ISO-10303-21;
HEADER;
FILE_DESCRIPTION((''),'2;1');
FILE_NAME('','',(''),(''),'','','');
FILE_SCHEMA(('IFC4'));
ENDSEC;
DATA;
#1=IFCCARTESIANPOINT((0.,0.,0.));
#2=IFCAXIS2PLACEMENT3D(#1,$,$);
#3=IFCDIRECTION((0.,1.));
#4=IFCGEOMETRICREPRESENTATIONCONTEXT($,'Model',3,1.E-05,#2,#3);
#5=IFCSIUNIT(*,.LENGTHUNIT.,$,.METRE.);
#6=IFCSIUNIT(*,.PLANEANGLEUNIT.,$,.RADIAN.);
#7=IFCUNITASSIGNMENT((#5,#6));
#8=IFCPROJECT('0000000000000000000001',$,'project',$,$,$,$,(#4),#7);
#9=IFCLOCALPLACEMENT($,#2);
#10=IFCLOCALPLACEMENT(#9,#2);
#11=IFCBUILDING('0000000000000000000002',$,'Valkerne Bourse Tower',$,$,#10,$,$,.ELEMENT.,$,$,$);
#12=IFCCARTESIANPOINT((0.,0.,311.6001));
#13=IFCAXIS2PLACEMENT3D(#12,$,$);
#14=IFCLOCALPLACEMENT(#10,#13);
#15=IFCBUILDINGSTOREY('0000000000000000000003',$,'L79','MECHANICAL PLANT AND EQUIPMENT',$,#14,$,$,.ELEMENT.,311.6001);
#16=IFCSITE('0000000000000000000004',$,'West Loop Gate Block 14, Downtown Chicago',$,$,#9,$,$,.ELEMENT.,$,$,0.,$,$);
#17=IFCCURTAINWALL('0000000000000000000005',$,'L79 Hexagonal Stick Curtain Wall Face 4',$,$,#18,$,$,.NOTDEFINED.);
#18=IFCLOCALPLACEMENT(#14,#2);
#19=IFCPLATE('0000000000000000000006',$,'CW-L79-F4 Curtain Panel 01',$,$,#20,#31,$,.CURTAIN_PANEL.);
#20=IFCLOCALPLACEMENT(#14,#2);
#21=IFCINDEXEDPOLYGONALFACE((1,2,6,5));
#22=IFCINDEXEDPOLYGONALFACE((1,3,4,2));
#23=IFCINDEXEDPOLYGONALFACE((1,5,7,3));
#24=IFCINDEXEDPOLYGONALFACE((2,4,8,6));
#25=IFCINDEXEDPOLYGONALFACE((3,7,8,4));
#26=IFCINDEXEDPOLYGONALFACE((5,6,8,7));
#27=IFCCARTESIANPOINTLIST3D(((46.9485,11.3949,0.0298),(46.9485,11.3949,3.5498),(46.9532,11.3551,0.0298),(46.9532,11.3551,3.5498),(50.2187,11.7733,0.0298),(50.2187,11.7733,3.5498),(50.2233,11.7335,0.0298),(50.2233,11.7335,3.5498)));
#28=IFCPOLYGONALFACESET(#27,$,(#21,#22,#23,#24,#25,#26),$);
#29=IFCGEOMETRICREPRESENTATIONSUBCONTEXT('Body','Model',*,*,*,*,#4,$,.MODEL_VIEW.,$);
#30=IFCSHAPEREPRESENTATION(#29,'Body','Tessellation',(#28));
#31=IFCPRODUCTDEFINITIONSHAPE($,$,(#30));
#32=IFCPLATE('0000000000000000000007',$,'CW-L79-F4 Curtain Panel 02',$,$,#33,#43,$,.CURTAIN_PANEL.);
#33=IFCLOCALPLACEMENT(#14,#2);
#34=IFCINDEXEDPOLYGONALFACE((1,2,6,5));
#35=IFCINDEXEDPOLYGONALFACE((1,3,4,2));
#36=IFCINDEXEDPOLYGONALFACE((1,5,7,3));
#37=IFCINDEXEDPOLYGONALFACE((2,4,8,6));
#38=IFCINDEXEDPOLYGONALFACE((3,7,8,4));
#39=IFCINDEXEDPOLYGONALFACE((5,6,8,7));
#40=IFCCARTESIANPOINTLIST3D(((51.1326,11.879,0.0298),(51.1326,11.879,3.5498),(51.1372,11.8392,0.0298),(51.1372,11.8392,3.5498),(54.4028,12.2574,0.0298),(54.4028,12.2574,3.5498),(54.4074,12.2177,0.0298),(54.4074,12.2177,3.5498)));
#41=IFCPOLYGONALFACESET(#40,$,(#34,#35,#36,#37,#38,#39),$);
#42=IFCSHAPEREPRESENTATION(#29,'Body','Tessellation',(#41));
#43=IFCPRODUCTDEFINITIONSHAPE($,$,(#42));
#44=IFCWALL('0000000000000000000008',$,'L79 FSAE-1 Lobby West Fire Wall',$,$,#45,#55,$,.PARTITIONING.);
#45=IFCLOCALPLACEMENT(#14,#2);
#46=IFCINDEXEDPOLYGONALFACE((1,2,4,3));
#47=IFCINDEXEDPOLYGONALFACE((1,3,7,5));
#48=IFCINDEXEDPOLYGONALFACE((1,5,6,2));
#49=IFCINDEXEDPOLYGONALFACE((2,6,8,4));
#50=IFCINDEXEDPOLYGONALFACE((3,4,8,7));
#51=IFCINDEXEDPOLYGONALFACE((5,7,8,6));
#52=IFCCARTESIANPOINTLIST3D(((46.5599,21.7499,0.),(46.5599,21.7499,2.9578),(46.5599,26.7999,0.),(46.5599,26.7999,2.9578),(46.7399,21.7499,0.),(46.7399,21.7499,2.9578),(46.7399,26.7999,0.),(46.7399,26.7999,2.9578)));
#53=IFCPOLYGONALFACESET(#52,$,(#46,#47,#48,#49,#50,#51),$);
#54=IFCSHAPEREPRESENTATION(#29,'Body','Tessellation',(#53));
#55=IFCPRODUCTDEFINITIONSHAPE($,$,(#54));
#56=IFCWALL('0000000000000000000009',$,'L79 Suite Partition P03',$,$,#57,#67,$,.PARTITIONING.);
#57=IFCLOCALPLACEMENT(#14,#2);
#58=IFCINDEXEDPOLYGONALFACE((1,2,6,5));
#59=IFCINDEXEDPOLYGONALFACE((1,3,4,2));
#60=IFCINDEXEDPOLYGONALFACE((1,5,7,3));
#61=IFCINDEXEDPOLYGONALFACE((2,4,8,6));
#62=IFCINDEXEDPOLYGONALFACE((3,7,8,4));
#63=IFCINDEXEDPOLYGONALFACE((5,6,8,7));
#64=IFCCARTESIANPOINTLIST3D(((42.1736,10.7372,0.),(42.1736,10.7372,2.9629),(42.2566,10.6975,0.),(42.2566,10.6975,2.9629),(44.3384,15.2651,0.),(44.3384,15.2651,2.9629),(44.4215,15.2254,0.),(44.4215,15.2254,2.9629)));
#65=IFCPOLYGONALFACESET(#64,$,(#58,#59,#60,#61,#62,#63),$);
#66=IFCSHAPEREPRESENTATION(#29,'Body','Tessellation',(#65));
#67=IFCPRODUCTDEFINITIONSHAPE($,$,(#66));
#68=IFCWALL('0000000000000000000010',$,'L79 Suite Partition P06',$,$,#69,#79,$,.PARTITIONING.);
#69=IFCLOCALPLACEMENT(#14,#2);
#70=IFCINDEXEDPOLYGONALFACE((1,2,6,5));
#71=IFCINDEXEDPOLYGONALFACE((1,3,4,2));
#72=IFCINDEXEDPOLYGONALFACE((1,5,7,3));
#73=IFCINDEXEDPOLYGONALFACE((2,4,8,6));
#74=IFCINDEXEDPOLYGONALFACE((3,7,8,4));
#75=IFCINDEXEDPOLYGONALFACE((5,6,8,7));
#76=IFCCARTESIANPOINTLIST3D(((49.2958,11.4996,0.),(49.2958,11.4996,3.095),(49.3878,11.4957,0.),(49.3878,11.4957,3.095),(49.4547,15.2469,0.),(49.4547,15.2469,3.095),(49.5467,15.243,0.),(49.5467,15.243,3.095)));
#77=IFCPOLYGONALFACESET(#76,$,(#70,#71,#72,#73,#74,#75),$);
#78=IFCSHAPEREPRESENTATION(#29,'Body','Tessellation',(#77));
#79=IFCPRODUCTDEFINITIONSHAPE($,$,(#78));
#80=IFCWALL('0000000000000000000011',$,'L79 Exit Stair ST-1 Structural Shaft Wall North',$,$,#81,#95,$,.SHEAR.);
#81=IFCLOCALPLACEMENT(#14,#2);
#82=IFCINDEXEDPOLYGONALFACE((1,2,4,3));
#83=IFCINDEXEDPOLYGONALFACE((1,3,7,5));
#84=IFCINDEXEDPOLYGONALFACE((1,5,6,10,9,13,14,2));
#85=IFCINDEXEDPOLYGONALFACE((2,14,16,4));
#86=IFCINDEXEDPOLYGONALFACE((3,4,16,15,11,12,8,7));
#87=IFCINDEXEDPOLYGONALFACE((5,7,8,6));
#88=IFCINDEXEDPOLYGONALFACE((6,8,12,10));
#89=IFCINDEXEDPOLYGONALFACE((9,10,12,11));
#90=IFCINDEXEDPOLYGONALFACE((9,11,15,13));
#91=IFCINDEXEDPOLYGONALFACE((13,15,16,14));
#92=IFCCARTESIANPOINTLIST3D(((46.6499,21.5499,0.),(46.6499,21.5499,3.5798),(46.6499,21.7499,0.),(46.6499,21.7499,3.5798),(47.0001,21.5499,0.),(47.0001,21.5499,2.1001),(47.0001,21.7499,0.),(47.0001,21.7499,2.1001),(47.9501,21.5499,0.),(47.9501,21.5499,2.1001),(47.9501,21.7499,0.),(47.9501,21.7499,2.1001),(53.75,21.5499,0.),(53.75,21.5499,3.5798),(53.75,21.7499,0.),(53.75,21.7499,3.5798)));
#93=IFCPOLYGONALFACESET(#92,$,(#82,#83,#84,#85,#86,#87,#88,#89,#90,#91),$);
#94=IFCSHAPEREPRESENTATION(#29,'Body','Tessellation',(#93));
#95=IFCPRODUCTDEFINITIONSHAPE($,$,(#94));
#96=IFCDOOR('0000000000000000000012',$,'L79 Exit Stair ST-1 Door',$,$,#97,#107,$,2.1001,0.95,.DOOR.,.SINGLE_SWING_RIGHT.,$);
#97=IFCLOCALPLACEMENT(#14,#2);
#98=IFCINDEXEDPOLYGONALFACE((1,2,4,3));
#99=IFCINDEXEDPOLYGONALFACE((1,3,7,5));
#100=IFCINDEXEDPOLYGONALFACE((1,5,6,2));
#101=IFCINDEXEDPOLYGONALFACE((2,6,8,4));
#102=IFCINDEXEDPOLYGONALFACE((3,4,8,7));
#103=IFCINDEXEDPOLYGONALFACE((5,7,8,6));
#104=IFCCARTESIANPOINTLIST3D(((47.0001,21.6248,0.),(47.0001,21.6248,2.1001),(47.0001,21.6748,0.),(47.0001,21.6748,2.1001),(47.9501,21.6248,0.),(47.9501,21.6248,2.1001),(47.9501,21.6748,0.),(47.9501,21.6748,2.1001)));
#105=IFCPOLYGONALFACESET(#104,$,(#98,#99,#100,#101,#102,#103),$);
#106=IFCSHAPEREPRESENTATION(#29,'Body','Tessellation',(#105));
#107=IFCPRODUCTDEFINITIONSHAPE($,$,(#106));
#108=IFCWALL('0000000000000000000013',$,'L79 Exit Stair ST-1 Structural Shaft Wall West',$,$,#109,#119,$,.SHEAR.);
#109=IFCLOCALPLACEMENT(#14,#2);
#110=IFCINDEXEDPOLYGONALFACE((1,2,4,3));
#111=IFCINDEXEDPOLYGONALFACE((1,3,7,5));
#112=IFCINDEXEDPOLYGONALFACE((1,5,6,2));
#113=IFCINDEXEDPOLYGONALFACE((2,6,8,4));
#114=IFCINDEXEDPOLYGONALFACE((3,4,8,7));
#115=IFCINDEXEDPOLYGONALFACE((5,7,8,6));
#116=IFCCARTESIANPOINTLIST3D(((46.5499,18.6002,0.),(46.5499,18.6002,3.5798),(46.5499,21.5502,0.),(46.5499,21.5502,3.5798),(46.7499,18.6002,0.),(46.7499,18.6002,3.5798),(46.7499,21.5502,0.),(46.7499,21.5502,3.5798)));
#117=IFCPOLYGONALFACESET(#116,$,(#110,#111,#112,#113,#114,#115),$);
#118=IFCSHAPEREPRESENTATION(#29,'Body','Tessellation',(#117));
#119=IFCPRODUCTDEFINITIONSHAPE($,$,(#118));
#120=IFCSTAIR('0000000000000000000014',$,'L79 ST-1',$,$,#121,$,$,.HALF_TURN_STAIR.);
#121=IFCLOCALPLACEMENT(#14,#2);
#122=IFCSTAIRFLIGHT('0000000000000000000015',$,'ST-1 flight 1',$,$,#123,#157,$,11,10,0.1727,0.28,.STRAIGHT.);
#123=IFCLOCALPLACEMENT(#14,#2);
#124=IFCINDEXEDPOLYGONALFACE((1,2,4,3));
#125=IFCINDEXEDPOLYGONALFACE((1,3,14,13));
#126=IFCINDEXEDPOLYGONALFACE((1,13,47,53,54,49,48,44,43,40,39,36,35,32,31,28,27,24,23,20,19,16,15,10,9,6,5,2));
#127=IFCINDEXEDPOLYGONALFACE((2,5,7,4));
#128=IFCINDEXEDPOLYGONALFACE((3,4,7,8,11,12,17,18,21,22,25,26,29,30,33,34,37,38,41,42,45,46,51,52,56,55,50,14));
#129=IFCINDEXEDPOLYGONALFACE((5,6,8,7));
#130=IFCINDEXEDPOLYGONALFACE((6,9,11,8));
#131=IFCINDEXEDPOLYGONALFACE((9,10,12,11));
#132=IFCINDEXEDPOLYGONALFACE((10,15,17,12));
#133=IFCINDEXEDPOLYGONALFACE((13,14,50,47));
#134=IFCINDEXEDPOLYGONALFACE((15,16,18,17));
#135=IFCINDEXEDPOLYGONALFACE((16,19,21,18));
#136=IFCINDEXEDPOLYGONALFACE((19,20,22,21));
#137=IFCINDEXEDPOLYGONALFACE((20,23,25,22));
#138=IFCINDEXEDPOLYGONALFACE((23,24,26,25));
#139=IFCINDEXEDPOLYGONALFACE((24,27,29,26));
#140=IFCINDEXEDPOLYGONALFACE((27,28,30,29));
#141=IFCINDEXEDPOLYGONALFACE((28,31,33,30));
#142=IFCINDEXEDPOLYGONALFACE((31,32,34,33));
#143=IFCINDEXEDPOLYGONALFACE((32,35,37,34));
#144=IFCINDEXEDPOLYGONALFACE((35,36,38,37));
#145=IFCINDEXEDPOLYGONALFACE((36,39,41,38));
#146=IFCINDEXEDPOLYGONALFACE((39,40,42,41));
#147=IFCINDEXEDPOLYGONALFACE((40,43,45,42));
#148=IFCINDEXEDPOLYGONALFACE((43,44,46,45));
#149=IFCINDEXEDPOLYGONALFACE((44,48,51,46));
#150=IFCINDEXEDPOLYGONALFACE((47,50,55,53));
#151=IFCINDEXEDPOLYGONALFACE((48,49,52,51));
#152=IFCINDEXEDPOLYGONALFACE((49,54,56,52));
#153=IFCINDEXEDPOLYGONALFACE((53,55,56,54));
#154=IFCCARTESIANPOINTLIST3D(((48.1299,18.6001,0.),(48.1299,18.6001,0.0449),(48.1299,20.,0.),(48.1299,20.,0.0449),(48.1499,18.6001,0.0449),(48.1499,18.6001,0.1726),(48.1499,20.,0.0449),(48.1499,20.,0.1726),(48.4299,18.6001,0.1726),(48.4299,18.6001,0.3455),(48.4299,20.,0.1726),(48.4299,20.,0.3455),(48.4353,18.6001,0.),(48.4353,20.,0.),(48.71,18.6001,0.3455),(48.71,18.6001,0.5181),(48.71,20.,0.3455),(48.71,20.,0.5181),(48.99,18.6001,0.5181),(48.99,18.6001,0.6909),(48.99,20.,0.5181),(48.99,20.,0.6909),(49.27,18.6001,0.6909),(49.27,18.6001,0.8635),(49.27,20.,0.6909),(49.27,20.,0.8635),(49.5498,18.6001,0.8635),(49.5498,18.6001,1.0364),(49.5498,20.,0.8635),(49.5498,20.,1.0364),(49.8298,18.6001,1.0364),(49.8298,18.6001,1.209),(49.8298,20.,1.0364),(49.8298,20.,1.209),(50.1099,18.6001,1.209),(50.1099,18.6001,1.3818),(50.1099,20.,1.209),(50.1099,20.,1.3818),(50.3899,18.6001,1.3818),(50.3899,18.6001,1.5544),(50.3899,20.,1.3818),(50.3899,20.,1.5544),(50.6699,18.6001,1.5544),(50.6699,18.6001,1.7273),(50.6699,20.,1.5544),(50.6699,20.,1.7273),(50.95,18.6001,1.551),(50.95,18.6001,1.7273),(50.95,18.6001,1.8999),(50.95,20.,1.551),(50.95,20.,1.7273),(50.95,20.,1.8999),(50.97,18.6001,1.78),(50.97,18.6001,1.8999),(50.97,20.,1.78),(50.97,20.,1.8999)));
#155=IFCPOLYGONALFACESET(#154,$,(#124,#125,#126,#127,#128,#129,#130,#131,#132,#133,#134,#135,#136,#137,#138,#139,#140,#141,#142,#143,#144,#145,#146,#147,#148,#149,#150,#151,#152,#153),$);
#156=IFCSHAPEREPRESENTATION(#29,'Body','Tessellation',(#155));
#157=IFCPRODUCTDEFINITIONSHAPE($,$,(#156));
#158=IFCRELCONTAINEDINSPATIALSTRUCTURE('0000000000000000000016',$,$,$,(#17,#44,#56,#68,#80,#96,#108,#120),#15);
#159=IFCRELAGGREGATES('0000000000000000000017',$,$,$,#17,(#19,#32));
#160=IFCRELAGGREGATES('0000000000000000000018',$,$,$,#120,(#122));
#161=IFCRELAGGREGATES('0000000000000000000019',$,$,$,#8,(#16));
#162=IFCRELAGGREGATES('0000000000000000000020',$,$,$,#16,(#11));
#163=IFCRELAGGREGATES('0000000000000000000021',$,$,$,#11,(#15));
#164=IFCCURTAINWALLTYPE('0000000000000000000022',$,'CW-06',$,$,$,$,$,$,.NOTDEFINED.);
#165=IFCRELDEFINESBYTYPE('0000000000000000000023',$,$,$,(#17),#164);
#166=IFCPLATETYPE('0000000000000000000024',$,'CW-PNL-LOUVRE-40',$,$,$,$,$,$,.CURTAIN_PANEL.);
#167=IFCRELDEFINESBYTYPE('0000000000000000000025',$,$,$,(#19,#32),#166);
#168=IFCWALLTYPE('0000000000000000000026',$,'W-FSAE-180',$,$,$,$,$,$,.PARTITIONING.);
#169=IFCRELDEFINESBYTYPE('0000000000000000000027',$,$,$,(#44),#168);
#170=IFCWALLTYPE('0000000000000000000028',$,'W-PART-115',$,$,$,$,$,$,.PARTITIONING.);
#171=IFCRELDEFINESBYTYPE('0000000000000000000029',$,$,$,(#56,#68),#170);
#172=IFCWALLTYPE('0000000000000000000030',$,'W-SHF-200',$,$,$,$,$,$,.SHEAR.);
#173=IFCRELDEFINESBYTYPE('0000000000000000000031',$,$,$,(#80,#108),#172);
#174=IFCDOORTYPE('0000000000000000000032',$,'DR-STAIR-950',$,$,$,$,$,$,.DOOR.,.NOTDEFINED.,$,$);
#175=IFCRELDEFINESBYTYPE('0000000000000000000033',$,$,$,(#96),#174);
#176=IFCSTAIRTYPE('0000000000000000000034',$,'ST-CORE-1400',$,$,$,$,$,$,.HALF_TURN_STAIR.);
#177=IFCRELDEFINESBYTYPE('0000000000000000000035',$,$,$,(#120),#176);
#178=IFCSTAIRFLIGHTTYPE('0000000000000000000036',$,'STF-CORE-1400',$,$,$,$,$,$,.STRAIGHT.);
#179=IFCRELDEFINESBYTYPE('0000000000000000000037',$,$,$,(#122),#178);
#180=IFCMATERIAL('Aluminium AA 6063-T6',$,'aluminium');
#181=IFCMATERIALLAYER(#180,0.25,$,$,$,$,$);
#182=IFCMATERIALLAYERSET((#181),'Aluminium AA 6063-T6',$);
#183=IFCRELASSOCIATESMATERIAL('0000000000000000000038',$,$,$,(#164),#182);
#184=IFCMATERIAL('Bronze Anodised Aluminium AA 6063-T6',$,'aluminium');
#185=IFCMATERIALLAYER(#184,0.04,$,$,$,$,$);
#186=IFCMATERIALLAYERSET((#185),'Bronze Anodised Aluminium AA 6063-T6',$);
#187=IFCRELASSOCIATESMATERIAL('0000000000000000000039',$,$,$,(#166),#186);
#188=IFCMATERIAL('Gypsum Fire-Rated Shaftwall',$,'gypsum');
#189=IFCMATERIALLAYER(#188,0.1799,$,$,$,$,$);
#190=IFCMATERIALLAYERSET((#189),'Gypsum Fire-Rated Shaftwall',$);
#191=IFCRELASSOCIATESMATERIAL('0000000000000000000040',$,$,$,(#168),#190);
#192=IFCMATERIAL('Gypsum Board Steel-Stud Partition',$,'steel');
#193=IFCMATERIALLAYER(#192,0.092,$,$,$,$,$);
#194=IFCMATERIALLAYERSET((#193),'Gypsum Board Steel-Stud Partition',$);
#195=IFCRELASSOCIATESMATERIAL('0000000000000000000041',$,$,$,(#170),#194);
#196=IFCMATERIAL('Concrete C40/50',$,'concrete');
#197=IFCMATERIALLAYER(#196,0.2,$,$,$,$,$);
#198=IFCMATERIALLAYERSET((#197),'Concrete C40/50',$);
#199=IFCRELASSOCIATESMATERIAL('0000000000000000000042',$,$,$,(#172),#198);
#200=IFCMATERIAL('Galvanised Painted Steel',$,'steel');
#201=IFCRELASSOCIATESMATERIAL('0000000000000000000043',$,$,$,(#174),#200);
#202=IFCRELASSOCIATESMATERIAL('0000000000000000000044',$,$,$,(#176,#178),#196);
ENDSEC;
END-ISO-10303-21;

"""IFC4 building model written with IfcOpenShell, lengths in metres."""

from ifc_helpers import new_model, si_unit, direction, frame, frame_2d, origin, origin_2d, place, context, subcontext, project, spatial, polyline, rectangle, outline, extrude, material, layer, layer_set, type_object, element, fill, aggregate, save


model = new_model("IFC4")

# Units and contexts
model_context = context("Model", 3, precision=1e-05, world=origin(), true_north=direction((0.0, 1.0)))
body_context = subcontext(model_context, "Body", "Model", "MODEL_VIEW")
ifc_project = project(units=[si_unit("LENGTHUNIT", "METRE"), si_unit("PLANEANGLEUNIT", "RADIAN")], contexts=[model_context])

# Site, building, storey
site_placement = place(None, origin())
site = spatial("IfcSite", under=ifc_project, at=site_placement, Name="West Loop Gate Block 14, Downtown Chicago", CompositionType="ELEMENT", RefElevation=0.0)
building_placement = place(site_placement, origin())
building = spatial("IfcBuilding", under=site, at=building_placement, Name="Valkerne Bourse Tower", CompositionType="ELEMENT")
storey_placement = place(building_placement, frame((0.0, 0.0, 311.6001)))
storey = spatial("IfcBuildingStorey", under=building, at=storey_placement, Name="L79", Description="MECHANICAL PLANT AND EQUIPMENT", CompositionType="ELEMENT", Elevation=311.6001)

# Curtain wall, plates
ifc_material_1 = material(Name="Aluminium AA 6063-T6", Category="aluminium")
ifc_layer_1 = layer(ifc_material_1, 0.25)
ifc_layer_set_1 = layer_set([ifc_layer_1], Name="Aluminium AA 6063-T6")
curtain_wall_type = type_object("IfcCurtainWallType", Name="CW-06", PredefinedType="NOTDEFINED", material=ifc_layer_set_1)
curtain_wall_placement = place(storey_placement, origin())
curtain_wall = element("IfcCurtainWall", 1, at=curtain_wall_placement, inside=storey, type_object=curtain_wall_type, Name="L79 Hexagonal Stick Curtain Wall Face 4", PredefinedType="NOTDEFINED")
ifc_material_2 = material(Name="Bronze Anodised Aluminium AA 6063-T6", Category="aluminium")
ifc_layer_2 = layer(ifc_material_2, 0.04)
ifc_layer_set_2 = layer_set([ifc_layer_2], Name="Bronze Anodised Aluminium AA 6063-T6")
plate_type = type_object("IfcPlateType", Name="CW-PNL-LOUVRE-40", PredefinedType="CURTAIN_PANEL", material=ifc_layer_set_2)
plate_1_placement = place(storey_placement, frame((48.5859, 11.5642, 0.0298), z_axis=(0.0, 0.0, 1.0), x_axis=(0.993373, 0.114936, 0.0)))
plate_1 = element("IfcPlate", 2, at=plate_1_placement, type_object=plate_type, Name="CW-L79-F4 Curtain Panel 01", PredefinedType="CURTAIN_PANEL", context=body_context, shape_type="SweptSolid", body=[
    extrude(rectangle(XDim=3.292, YDim=0.04, at=origin_2d()), origin(), (0.0, 0.0, 1.0), 3.52),
])
plate_2_placement = place(storey_placement, frame((52.77, 12.0483, 0.0298), z_axis=(0.0, 0.0, 1.0), x_axis=(0.993371, 0.114957, 0.0)))
plate_2 = element("IfcPlate", 3, at=plate_2_placement, type_object=plate_type, Name="CW-L79-F4 Curtain Panel 02", PredefinedType="CURTAIN_PANEL", context=body_context, shape_type="SweptSolid", body=[
    extrude(rectangle(XDim=3.292, YDim=0.04, at=origin_2d()), origin(), (0.0, 0.0, 1.0), 3.52),
])
aggregate(curtain_wall, [plate_1, plate_2])

# Wall
ifc_material_3 = material(Name="Gypsum Fire-Rated Shaftwall", Category="gypsum")
ifc_layer_3 = layer(ifc_material_3, 0.1799)
ifc_layer_set_3 = layer_set([ifc_layer_3], Name="Gypsum Fire-Rated Shaftwall")
wall_type_1 = type_object("IfcWallType", Name="W-FSAE-180", PredefinedType="PARTITIONING", material=ifc_layer_set_3)
wall_1_placement = place(storey_placement, frame((46.6499, 21.75, 0.0), z_axis=(0.0, 0.0, 1.0), x_axis=(0.0, 1.0, 0.0)))
element("IfcWall", 4, at=wall_1_placement, inside=storey, type_object=wall_type_1, Name="L79 FSAE-1 Lobby West Fire Wall", PredefinedType="PARTITIONING", context=body_context, shape_type="SweptSolid", body=[
    extrude(rectangle(XDim=5.05, YDim=0.1799, at=frame_2d((2.5249, 0.0))), origin(), (0.0, 0.0, 1.0), 2.9578),
])

# Shared definitions
ifc_material_4 = material(Name="Galvanised Painted Steel", Category="steel")

# Walls
ifc_material_5 = material(Name="Gypsum Board Steel-Stud Partition", Category="steel")
ifc_layer_4 = layer(ifc_material_5, 0.092)
ifc_layer_set_4 = layer_set([ifc_layer_4], Name="Gypsum Board Steel-Stud Partition")
wall_type_2 = type_object("IfcWallType", Name="W-PART-115", PredefinedType="PARTITIONING", material=ifc_layer_set_4)
wall_2_placement = place(storey_placement, frame((44.3799, 15.2451, 0.0), z_axis=(0.0, 0.0, 1.0), x_axis=(-0.431344, -0.902188, 0.0)))
element("IfcWall", 5, at=wall_2_placement, inside=storey, type_object=wall_type_2, Name="L79 Suite Partition P03", PredefinedType="PARTITIONING", context=body_context, shape_type="SweptSolid", body=[
    extrude(rectangle(XDim=5.0188, YDim=0.092, at=frame_2d((2.5093, 0.0))), origin(), (0.0, 0.0, 1.0), 2.9629),
])
wall_3_placement = place(storey_placement, frame((49.5007, 15.2451, 0.0), z_axis=(0.0, 0.0, 1.0), x_axis=(-0.042375, -0.999102, 0.0)))
element("IfcWall", 6, at=wall_3_placement, inside=storey, type_object=wall_type_2, Name="L79 Suite Partition P06", PredefinedType="PARTITIONING", context=body_context, shape_type="SweptSolid", body=[
    extrude(rectangle(XDim=3.7507, YDim=0.092, at=frame_2d((1.8755, 0.0))), origin(), (0.0, 0.0, 1.0), 3.095),
])

# Wall, opening, door
ifc_material_6 = material(Name="Concrete C40/50", Category="concrete")
ifc_layer_5 = layer(ifc_material_6, 0.2)
ifc_layer_set_5 = layer_set([ifc_layer_5], Name="Concrete C40/50")
wall_type_3 = type_object("IfcWallType", Name="W-SHF-200", PredefinedType="SHEAR", material=ifc_layer_set_5)
wall_4_placement = place(storey_placement, frame((46.6499, 21.6499, 0.0), z_axis=(0.0, 0.0, 1.0), x_axis=(1.0, 0.0, 0.0)))
wall_4 = element("IfcWall", 7, at=wall_4_placement, inside=storey, type_object=wall_type_3, Name="L79 Exit Stair ST-1 Structural Shaft Wall North", PredefinedType="SHEAR", context=body_context, shape_type="SweptSolid", body=[
    extrude(rectangle(XDim=7.1001, YDim=0.2, at=frame_2d((3.55, 0.0))), origin(), (0.0, 0.0, 1.0), 3.5798),
])
opening_1_placement = place(wall_4_placement, frame((0.3501, 0.0, 0.0)))
opening_1 = element("IfcOpeningElement", 8, at=opening_1_placement, cuts=wall_4, PredefinedType="OPENING", context=body_context, shape_type="SweptSolid", body=[
    extrude(rectangle(XDim=0.95, YDim=2.1001, at=frame_2d((0.4751, 1.05))), frame((0.0, 0.1099, 0.0), z_axis=(0.0, -1.0, 0.0), x_axis=(1.0, 0.0, 0.0)), (0.0, 0.0, 1.0), 0.22),
])
door_type_1 = type_object("IfcDoorType", Name="DR-STAIR-950", OperationType="NOTDEFINED", PredefinedType="DOOR", material=ifc_material_4)
door_1_placement = place(opening_1_placement, origin())
door_1 = element("IfcDoor", 9, at=door_1_placement, inside=storey, type_object=door_type_1, Name="L79 Exit Stair ST-1 Door", OperationType="SINGLE_SWING_RIGHT", OverallHeight=2.1001, OverallWidth=0.95, PredefinedType="DOOR", context=body_context, shape_type="SweptSolid", body=[
    extrude(rectangle(XDim=0.95, YDim=2.1001, at=frame_2d((0.4751, 1.05))), frame((0.0, 0.0249, 0.0), z_axis=(0.0, -1.0, 0.0), x_axis=(1.0, 0.0, 0.0)), (0.0, 0.0, 1.0), 0.05),
])
fill(opening_1, door_1)

# Wall
wall_5_placement = place(storey_placement, frame((46.6499, 18.6001, 0.0), z_axis=(0.0, 0.0, 1.0), x_axis=(0.0, 1.0, 0.0)))
element("IfcWall", 10, at=wall_5_placement, inside=storey, type_object=wall_type_3, Name="L79 Exit Stair ST-1 Structural Shaft Wall West", PredefinedType="SHEAR", context=body_context, shape_type="SweptSolid", body=[
    extrude(rectangle(XDim=2.95, YDim=0.2, at=frame_2d((1.4751, 0.0))), origin(), (0.0, 0.0, 1.0), 3.5798),
])

# Stair, stair flight
stair_type = type_object("IfcStairType", Name="ST-CORE-1400", PredefinedType="HALF_TURN_STAIR", material=ifc_material_6)
stair_placement = place(storey_placement, origin())
stair = element("IfcStair", 11, at=stair_placement, inside=storey, type_object=stair_type, Name="L79 ST-1", PredefinedType="HALF_TURN_STAIR")
stair_flight_type = type_object("IfcStairFlightType", Name="STF-CORE-1400", PredefinedType="STRAIGHT", material=ifc_material_6)
stair_flight_1_placement = place(storey_placement, frame((48.1499, 19.3, 0.0), z_axis=(0.0, 0.0, 1.0), x_axis=(1.0, 0.0, 0.0)))
stair_flight_1 = element("IfcStairFlight", 12, at=stair_flight_1_placement, type_object=stair_flight_type, Name="ST-1 flight 1", NumberOfRisers=11, NumberOfTreads=10, PredefinedType="STRAIGHT", RiserHeight=0.1727, TreadLength=0.28, context=body_context, shape_type="SweptSolid", body=[
    extrude(outline(polyline([(-0.02, 0.0), (-0.02, 0.0449), (0.0, 0.0449), (0.0, 0.1726), (0.28, 0.1726), (0.28, 0.3455), (0.5601, 0.3455), (0.5601, 0.5181), (0.8401, 0.5181), (0.8401, 0.6909), (1.1201, 0.6909), (1.1201, 0.8635), (1.3999, 0.8635), (1.3999, 1.0364), (1.6799, 1.0364), (1.6799, 1.209), (1.96, 1.209), (1.96, 1.3818), (2.24, 1.3818), (2.24, 1.5544), (2.52, 1.5544), (2.52, 1.7273), (2.8, 1.7273), (2.8, 1.8999), (2.8201, 1.8999), (2.8201, 1.78), (2.8, 1.551), (0.2854, 0.0), (-0.02, 0.0)])), frame((0.0, 0.7, 0.0), z_axis=(0.0, -1.0, 0.0), x_axis=(1.0, 0.0, 0.0)), (0.0, 0.0, 1.0), 1.3999),
])
aggregate(stair, [stair_flight_1])

save(model, "model.ifc")
